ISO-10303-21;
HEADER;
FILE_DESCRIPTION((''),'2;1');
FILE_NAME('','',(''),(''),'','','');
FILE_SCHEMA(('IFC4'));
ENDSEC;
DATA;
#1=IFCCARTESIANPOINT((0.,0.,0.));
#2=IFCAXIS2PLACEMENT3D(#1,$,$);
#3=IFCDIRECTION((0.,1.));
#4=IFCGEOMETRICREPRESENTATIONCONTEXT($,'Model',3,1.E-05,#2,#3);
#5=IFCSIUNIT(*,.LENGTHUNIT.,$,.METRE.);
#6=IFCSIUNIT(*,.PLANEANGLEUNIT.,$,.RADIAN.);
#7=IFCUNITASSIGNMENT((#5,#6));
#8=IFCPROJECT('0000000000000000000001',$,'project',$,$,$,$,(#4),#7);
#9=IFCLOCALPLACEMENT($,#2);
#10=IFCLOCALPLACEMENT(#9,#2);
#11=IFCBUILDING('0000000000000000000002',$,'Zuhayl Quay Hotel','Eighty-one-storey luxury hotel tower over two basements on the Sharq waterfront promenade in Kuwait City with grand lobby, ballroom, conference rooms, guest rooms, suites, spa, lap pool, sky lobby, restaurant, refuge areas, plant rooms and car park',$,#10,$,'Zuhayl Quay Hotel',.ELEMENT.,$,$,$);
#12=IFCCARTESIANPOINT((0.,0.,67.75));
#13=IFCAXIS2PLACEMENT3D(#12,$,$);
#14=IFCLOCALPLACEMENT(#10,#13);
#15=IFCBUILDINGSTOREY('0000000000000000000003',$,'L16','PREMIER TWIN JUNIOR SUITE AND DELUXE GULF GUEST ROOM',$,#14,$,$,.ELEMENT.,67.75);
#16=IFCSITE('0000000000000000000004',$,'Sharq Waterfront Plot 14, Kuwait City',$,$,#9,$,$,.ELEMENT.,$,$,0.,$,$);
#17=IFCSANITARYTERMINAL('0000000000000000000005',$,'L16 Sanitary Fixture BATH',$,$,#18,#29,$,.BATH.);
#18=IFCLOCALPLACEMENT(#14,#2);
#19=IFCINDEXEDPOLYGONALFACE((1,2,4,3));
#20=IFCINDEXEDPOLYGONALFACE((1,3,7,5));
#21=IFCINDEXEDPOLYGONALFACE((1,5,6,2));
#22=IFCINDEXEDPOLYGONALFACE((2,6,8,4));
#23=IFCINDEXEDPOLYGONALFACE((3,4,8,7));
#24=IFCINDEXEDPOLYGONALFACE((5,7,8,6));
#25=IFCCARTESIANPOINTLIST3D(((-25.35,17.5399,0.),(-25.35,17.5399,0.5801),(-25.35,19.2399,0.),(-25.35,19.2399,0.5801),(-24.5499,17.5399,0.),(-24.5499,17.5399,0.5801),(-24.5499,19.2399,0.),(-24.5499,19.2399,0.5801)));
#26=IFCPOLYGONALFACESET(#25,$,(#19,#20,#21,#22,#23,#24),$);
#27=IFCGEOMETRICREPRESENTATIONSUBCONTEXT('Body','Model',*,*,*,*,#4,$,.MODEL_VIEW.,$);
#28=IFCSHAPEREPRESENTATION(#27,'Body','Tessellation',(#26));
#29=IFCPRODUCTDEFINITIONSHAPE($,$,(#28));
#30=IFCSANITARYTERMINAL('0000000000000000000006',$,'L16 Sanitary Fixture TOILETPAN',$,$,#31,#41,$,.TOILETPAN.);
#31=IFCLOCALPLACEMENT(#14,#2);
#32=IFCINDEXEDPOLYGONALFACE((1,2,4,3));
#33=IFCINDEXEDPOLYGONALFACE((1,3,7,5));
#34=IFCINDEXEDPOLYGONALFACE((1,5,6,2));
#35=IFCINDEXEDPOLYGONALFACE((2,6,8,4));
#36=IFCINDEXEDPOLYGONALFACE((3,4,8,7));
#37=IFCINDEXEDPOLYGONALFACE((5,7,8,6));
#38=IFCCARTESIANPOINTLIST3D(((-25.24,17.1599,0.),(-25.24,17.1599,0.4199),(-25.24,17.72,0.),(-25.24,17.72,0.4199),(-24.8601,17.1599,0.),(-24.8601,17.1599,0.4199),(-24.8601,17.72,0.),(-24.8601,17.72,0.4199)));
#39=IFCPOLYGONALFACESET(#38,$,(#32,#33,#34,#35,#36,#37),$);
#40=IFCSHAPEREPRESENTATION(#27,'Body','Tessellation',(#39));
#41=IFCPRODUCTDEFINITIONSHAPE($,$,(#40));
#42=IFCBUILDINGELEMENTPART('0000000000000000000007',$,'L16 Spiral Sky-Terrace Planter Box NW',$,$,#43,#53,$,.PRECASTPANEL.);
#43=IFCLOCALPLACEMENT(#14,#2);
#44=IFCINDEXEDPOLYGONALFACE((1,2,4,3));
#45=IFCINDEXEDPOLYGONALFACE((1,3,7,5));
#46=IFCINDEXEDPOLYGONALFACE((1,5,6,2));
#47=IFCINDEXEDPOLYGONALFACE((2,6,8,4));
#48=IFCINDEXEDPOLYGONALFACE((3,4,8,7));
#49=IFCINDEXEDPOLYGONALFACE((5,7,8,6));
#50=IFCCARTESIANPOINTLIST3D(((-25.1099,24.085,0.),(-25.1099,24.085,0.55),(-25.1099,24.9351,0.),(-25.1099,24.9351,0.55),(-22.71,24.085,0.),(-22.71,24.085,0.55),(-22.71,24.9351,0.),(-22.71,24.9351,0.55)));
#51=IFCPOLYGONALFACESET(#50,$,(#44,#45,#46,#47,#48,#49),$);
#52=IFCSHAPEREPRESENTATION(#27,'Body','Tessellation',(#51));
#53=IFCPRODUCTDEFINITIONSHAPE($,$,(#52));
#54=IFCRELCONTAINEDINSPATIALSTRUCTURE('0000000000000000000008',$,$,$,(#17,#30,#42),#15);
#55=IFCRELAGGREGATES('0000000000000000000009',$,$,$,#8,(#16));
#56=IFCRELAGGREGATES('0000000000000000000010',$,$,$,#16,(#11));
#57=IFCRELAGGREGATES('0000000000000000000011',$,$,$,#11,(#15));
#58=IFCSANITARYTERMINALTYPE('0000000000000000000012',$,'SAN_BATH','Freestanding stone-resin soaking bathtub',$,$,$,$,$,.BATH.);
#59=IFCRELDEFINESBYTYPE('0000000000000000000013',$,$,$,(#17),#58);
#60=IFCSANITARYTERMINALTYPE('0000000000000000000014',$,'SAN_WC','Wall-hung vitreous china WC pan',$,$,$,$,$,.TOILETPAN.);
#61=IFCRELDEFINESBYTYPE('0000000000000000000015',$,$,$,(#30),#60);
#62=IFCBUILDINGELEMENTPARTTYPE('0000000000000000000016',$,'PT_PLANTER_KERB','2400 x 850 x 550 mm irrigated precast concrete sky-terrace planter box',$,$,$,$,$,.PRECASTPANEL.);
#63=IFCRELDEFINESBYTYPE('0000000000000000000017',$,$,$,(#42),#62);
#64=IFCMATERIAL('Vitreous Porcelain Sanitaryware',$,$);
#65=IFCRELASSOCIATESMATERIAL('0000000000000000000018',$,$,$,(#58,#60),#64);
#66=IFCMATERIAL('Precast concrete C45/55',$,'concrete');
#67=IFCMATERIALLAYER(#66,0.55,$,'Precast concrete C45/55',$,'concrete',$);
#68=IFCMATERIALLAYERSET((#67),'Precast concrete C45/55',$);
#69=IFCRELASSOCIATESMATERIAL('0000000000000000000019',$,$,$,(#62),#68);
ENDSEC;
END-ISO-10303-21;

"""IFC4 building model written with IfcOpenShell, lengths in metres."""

from ifc_helpers import new_model, si_unit, direction, frame, origin, origin_2d, place, context, subcontext, project, spatial, rectangle, extrude, material, layer, layer_set, type_object, element, save


model = new_model("IFC4")

# Units and contexts
model_context = context("Model", 3, precision=1e-05, world=origin(), true_north=direction((0.0, 1.0)))
body_context = subcontext(model_context, "Body", "Model", "MODEL_VIEW")
ifc_project = project(units=[si_unit("LENGTHUNIT", "METRE"), si_unit("PLANEANGLEUNIT", "RADIAN")], contexts=[model_context])

# Site, building, storey
site_placement = place(None, origin())
site = spatial("IfcSite", under=ifc_project, at=site_placement, Name="Sharq Waterfront Plot 14, Kuwait City", CompositionType="ELEMENT", RefElevation=0.0)
building_placement = place(site_placement, origin())
building = spatial("IfcBuilding", under=site, at=building_placement, Name="Zuhayl Quay Hotel", Description="Eighty-one-storey luxury hotel tower over two basements on the Sharq waterfront promenade in Kuwait City with grand lobby, ballroom, conference rooms, guest rooms, suites, spa, lap pool, sky lobby, restaurant, refuge areas, plant rooms and car park", LongName="Zuhayl Quay Hotel", CompositionType="ELEMENT")
storey_placement = place(building_placement, frame((0.0, 0.0, 67.75)))
storey = spatial("IfcBuildingStorey", under=building, at=storey_placement, Name="L16", Description="PREMIER TWIN JUNIOR SUITE AND DELUXE GULF GUEST ROOM", CompositionType="ELEMENT", Elevation=67.75)

# Shared definitions
ifc_material_1 = material(Name="Precast concrete C45/55", Category="concrete")

# Sanitary terminals
ifc_material_2 = material(Name="Vitreous Porcelain Sanitaryware")
sanitary_terminal_type_1 = type_object("IfcSanitaryTerminalType", Name="SAN_BATH", Description="Freestanding stone-resin soaking bathtub", PredefinedType="BATH", material=ifc_material_2)
sanitary_terminal_1_placement = place(storey_placement, frame((-24.95, 18.3899, 0.0), z_axis=(0.0, 0.0, 1.0), x_axis=(1.0, 0.0, 0.0)))
element("IfcSanitaryTerminal", 1, at=sanitary_terminal_1_placement, inside=storey, type_object=sanitary_terminal_type_1, Name="L16 Sanitary Fixture BATH", PredefinedType="BATH", context=body_context, shape_type="SweptSolid", body=[
    extrude(rectangle(XDim=0.8, YDim=1.7, at=origin_2d()), origin(), (0.0, 0.0, 1.0), 0.5801),
])
sanitary_terminal_type_2 = type_object("IfcSanitaryTerminalType", Name="SAN_WC", Description="Wall-hung vitreous china WC pan", PredefinedType="TOILETPAN", material=ifc_material_2)
sanitary_terminal_2_placement = place(storey_placement, frame((-25.05, 17.4399, 0.0), z_axis=(0.0, 0.0, 1.0), x_axis=(1.0, 0.0, 0.0)))
element("IfcSanitaryTerminal", 2, at=sanitary_terminal_2_placement, inside=storey, type_object=sanitary_terminal_type_2, Name="L16 Sanitary Fixture TOILETPAN", PredefinedType="TOILETPAN", context=body_context, shape_type="SweptSolid", body=[
    extrude(rectangle(XDim=0.3799, YDim=0.5601, at=origin_2d()), origin(), (0.0, 0.0, 1.0), 0.4199),
])

# Building element part
ifc_layer_1 = layer(ifc_material_1, 0.55, Name="Precast concrete C45/55", Category="concrete")
ifc_layer_set_1 = layer_set([ifc_layer_1], Name="Precast concrete C45/55")
building_element_part_type = type_object("IfcBuildingElementPartType", Name="PT_PLANTER_KERB", Description="2400 x 850 x 550 mm irrigated precast concrete sky-terrace planter box", PredefinedType="PRECASTPANEL", material=ifc_layer_set_1)
building_element_part_placement = place(storey_placement, frame((-23.9099, 24.51, 0.0), z_axis=(0.0, 0.0, 1.0), x_axis=(1.0, 0.0, 0.0)))
element("IfcBuildingElementPart", 3, at=building_element_part_placement, inside=storey, type_object=building_element_part_type, Name="L16 Spiral Sky-Terrace Planter Box NW", PredefinedType="PRECASTPANEL", context=body_context, shape_type="SweptSolid", body=[
    extrude(rectangle(XDim=2.3999, YDim=0.8501, at=origin_2d()), origin(), (0.0, 0.0, 1.0), 0.55),
])

save(model, "model.ifc")
